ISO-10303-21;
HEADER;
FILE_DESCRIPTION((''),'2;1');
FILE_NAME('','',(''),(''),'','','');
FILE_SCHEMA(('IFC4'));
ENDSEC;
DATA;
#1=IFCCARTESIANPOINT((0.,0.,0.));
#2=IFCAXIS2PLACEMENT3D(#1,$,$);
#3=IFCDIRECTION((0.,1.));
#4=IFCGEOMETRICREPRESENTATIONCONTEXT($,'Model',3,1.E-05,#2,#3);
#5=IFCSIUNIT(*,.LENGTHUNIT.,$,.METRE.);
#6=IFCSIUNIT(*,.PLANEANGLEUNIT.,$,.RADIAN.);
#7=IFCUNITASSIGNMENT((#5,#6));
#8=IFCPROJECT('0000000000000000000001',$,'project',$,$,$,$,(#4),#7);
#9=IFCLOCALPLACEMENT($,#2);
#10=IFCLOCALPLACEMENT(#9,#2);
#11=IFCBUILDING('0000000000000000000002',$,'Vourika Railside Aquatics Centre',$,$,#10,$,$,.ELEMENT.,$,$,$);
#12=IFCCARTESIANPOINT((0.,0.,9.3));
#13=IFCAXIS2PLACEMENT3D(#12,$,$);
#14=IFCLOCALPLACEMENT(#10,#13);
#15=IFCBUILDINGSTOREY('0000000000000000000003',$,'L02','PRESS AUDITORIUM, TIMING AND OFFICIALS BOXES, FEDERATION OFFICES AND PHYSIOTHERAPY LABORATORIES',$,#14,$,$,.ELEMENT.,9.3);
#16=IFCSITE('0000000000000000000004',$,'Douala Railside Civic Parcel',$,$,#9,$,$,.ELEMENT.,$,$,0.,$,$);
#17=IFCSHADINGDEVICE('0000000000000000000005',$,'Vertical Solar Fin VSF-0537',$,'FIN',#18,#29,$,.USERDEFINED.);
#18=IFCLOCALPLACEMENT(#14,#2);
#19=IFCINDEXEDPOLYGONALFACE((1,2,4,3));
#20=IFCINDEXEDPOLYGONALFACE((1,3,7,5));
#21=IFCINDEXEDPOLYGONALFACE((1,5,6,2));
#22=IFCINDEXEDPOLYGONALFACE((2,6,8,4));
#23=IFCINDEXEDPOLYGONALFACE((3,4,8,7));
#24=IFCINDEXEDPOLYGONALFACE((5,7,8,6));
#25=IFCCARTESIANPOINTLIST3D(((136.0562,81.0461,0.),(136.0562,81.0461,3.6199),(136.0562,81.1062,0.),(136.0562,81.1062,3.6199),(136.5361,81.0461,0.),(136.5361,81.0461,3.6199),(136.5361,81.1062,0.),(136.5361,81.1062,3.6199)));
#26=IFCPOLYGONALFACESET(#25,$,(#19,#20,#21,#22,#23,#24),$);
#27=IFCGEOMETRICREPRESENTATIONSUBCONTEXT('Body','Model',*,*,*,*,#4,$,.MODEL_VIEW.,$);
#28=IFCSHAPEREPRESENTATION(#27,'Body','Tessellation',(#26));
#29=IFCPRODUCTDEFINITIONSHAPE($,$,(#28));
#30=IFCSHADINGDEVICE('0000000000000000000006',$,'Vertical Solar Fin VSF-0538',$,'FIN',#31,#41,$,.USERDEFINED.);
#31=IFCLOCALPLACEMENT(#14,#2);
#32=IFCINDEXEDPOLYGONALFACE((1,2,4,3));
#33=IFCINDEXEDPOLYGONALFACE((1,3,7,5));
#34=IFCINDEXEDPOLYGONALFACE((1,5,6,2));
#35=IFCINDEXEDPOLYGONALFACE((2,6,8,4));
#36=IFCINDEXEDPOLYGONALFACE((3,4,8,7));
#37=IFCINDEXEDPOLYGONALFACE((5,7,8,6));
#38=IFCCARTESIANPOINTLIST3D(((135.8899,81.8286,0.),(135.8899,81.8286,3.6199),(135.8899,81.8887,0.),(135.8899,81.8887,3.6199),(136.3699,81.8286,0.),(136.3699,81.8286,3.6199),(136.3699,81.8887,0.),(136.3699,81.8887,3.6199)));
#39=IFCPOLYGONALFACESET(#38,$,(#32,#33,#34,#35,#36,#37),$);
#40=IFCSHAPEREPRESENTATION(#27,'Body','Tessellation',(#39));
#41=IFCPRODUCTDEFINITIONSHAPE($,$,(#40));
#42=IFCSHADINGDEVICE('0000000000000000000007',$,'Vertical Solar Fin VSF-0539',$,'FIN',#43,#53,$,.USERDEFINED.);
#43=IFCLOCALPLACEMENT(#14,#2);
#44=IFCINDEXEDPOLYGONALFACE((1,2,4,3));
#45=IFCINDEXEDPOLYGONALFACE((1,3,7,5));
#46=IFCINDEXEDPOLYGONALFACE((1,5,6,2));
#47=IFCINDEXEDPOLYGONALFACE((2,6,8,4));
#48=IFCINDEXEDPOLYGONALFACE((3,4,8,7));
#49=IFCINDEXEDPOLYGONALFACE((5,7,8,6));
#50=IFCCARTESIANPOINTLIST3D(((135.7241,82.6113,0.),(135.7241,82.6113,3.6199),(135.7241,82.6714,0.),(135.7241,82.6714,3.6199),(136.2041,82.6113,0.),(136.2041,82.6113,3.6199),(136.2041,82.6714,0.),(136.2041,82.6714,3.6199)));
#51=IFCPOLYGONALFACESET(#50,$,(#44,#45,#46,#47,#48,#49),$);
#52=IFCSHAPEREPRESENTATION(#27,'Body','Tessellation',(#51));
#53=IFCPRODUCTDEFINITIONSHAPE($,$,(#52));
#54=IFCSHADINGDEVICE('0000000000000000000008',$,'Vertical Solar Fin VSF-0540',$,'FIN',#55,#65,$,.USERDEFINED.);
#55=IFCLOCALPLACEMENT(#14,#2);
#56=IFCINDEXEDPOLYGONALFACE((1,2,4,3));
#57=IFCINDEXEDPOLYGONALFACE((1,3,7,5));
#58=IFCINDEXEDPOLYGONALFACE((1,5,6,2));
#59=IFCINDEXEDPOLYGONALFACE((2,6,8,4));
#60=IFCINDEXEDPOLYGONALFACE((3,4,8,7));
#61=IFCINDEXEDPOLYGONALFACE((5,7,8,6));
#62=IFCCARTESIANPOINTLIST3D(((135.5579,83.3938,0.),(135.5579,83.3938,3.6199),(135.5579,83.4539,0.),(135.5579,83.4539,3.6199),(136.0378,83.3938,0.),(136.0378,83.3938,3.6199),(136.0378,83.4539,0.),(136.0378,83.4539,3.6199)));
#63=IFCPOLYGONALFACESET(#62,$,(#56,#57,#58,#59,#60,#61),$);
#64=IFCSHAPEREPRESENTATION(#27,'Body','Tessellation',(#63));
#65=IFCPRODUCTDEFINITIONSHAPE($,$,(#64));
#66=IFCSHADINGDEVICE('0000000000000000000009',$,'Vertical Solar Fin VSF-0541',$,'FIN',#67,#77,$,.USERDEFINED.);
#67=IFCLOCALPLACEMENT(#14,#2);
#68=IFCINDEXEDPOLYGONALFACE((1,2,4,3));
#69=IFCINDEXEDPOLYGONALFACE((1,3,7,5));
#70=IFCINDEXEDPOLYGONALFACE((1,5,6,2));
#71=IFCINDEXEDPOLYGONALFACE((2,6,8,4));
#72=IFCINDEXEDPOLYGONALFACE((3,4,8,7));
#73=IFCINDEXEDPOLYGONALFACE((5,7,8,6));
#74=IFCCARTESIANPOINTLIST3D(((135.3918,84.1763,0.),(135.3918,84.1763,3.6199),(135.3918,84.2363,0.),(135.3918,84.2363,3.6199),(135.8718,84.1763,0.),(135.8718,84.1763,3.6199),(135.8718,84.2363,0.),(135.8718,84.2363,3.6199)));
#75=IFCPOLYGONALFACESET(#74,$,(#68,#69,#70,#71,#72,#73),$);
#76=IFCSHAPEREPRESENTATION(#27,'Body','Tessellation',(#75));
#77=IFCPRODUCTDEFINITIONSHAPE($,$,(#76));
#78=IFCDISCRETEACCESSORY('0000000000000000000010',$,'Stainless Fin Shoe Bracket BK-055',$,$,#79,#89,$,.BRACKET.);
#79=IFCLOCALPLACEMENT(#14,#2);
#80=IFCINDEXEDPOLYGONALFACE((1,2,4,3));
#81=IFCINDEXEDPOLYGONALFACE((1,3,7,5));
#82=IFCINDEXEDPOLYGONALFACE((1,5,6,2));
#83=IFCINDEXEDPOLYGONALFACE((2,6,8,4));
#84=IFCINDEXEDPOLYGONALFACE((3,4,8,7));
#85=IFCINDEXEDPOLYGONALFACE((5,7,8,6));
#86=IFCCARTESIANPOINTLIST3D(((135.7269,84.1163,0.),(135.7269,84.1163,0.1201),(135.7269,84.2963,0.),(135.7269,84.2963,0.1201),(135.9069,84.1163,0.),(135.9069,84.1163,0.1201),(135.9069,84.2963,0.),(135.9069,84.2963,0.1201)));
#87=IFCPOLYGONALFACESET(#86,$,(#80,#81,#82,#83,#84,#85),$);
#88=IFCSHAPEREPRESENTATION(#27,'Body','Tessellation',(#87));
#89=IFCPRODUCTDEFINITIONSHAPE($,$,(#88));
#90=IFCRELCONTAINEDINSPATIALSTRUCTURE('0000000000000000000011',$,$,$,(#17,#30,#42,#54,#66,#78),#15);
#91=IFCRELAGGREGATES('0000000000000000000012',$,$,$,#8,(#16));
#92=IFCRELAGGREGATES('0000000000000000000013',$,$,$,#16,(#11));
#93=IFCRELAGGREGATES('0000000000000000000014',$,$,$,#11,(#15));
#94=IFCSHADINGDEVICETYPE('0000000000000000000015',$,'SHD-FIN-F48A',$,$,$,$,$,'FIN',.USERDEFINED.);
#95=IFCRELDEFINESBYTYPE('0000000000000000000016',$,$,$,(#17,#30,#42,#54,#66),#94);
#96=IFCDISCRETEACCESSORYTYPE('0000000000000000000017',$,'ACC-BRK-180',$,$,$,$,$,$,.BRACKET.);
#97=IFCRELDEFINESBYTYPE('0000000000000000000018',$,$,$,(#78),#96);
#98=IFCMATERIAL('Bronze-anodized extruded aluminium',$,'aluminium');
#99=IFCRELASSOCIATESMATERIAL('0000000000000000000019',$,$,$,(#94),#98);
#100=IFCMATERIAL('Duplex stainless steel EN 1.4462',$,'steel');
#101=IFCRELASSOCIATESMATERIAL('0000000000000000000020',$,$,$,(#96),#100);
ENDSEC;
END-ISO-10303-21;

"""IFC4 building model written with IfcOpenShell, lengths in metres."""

from ifc_helpers import new_model, si_unit, direction, frame, origin, origin_2d, place, context, subcontext, project, spatial, rectangle, extrude, material, material_profile, profile_set, type_object, element, save


model = new_model("IFC4")

# Units and contexts
model_context = context("Model", 3, precision=1e-05, world=origin(), true_north=direction((0.0, 1.0)))
body_context = subcontext(model_context, "Body", "Model", "MODEL_VIEW")
ifc_project = project(units=[si_unit("LENGTHUNIT", "METRE"), si_unit("PLANEANGLEUNIT", "RADIAN")], contexts=[model_context])

# Site, building, storey
site_placement = place(None, origin())
site = spatial("IfcSite", under=ifc_project, at=site_placement, Name="Douala Railside Civic Parcel", CompositionType="ELEMENT", RefElevation=0.0)
building_placement = place(site_placement, origin())
building = spatial("IfcBuilding", under=site, at=building_placement, Name="Vourika Railside Aquatics Centre", CompositionType="ELEMENT")
storey_placement = place(building_placement, frame((0.0, 0.0, 9.3)))
storey = spatial("IfcBuildingStorey", under=building, at=storey_placement, Name="L02", Description="PRESS AUDITORIUM, TIMING AND OFFICIALS BOXES, FEDERATION OFFICES AND PHYSIOTHERAPY LABORATORIES", CompositionType="ELEMENT", Elevation=9.3)

# Shading devices
ifc_material_1 = material(Name="Bronze-anodized extruded aluminium", Category="aluminium")
ifc_material_profile_1 = material_profile(ifc_material_1, rectangle(XDim=0.0601, YDim=0.48, at=origin_2d()), Name="ALU-FIN 60x480")
ifc_profile_set_1 = profile_set([ifc_material_profile_1], Name="Bronze-anodized extruded aluminium")
shading_device_type = type_object("IfcShadingDeviceType", Name="SHD-FIN-F48A", ElementType="FIN", PredefinedType="USERDEFINED", material=ifc_profile_set_1)
for number, where, z_axis, x_axis, name in (
    (1, (136.2961, 81.0762, 0.0), (0.0, 0.0, 1.0), (0.0, 1.0, 0.0), "Vertical Solar Fin VSF-0537"),
    (2, (136.1299, 81.8586, 0.0), (0.0, 0.0, 1.0), (0.0, 1.0, 0.0), "Vertical Solar Fin VSF-0538"),
    (3, (135.9641, 82.6414, 0.0), (0.0, 0.0, 1.0), (0.0, 1.0, 0.0), "Vertical Solar Fin VSF-0539"),
    (4, (135.7979, 83.4238, 0.0), (0.0, 0.0, 1.0), (0.0, 1.0, 0.0), "Vertical Solar Fin VSF-0540"),
    (5, (135.6318, 84.2063, 0.0), (0.0, 0.0, 1.0), (0.0, 1.0, 0.0), "Vertical Solar Fin VSF-0541"),
):
    element("IfcShadingDevice", number, at=place(storey_placement, frame(where, z_axis=z_axis, x_axis=x_axis)), inside=storey, type_object=shading_device_type, Name=name, ObjectType="FIN", PredefinedType="USERDEFINED", context=body_context, shape_type="SweptSolid", body=[
        extrude(rectangle(XDim=0.0601, YDim=0.48, at=origin_2d()), origin(), (0.0, 0.0, 1.0), 3.6199),
    ])

# Discrete accessory
ifc_material_2 = material(Name="Duplex stainless steel EN 1.4462", Category="steel")
discrete_accessory_type = type_object("IfcDiscreteAccessoryType", Name="ACC-BRK-180", PredefinedType="BRACKET", material=ifc_material_2)
discrete_accessory_placement = place(storey_placement, frame((135.8169, 84.2063, 0.0), z_axis=(0.0, 0.0, 1.0), x_axis=(-1.0, 0.0, 0.0)))
element("IfcDiscreteAccessory", 6, at=discrete_accessory_placement, inside=storey, type_object=discrete_accessory_type, Name="Stainless Fin Shoe Bracket BK-055", PredefinedType="BRACKET", context=body_context, shape_type="SweptSolid", body=[
    extrude(rectangle(XDim=0.1799, YDim=0.1799, at=origin_2d()), origin(), (0.0, 0.0, 1.0), 0.1201),
])

save(model, "model.ifc")
